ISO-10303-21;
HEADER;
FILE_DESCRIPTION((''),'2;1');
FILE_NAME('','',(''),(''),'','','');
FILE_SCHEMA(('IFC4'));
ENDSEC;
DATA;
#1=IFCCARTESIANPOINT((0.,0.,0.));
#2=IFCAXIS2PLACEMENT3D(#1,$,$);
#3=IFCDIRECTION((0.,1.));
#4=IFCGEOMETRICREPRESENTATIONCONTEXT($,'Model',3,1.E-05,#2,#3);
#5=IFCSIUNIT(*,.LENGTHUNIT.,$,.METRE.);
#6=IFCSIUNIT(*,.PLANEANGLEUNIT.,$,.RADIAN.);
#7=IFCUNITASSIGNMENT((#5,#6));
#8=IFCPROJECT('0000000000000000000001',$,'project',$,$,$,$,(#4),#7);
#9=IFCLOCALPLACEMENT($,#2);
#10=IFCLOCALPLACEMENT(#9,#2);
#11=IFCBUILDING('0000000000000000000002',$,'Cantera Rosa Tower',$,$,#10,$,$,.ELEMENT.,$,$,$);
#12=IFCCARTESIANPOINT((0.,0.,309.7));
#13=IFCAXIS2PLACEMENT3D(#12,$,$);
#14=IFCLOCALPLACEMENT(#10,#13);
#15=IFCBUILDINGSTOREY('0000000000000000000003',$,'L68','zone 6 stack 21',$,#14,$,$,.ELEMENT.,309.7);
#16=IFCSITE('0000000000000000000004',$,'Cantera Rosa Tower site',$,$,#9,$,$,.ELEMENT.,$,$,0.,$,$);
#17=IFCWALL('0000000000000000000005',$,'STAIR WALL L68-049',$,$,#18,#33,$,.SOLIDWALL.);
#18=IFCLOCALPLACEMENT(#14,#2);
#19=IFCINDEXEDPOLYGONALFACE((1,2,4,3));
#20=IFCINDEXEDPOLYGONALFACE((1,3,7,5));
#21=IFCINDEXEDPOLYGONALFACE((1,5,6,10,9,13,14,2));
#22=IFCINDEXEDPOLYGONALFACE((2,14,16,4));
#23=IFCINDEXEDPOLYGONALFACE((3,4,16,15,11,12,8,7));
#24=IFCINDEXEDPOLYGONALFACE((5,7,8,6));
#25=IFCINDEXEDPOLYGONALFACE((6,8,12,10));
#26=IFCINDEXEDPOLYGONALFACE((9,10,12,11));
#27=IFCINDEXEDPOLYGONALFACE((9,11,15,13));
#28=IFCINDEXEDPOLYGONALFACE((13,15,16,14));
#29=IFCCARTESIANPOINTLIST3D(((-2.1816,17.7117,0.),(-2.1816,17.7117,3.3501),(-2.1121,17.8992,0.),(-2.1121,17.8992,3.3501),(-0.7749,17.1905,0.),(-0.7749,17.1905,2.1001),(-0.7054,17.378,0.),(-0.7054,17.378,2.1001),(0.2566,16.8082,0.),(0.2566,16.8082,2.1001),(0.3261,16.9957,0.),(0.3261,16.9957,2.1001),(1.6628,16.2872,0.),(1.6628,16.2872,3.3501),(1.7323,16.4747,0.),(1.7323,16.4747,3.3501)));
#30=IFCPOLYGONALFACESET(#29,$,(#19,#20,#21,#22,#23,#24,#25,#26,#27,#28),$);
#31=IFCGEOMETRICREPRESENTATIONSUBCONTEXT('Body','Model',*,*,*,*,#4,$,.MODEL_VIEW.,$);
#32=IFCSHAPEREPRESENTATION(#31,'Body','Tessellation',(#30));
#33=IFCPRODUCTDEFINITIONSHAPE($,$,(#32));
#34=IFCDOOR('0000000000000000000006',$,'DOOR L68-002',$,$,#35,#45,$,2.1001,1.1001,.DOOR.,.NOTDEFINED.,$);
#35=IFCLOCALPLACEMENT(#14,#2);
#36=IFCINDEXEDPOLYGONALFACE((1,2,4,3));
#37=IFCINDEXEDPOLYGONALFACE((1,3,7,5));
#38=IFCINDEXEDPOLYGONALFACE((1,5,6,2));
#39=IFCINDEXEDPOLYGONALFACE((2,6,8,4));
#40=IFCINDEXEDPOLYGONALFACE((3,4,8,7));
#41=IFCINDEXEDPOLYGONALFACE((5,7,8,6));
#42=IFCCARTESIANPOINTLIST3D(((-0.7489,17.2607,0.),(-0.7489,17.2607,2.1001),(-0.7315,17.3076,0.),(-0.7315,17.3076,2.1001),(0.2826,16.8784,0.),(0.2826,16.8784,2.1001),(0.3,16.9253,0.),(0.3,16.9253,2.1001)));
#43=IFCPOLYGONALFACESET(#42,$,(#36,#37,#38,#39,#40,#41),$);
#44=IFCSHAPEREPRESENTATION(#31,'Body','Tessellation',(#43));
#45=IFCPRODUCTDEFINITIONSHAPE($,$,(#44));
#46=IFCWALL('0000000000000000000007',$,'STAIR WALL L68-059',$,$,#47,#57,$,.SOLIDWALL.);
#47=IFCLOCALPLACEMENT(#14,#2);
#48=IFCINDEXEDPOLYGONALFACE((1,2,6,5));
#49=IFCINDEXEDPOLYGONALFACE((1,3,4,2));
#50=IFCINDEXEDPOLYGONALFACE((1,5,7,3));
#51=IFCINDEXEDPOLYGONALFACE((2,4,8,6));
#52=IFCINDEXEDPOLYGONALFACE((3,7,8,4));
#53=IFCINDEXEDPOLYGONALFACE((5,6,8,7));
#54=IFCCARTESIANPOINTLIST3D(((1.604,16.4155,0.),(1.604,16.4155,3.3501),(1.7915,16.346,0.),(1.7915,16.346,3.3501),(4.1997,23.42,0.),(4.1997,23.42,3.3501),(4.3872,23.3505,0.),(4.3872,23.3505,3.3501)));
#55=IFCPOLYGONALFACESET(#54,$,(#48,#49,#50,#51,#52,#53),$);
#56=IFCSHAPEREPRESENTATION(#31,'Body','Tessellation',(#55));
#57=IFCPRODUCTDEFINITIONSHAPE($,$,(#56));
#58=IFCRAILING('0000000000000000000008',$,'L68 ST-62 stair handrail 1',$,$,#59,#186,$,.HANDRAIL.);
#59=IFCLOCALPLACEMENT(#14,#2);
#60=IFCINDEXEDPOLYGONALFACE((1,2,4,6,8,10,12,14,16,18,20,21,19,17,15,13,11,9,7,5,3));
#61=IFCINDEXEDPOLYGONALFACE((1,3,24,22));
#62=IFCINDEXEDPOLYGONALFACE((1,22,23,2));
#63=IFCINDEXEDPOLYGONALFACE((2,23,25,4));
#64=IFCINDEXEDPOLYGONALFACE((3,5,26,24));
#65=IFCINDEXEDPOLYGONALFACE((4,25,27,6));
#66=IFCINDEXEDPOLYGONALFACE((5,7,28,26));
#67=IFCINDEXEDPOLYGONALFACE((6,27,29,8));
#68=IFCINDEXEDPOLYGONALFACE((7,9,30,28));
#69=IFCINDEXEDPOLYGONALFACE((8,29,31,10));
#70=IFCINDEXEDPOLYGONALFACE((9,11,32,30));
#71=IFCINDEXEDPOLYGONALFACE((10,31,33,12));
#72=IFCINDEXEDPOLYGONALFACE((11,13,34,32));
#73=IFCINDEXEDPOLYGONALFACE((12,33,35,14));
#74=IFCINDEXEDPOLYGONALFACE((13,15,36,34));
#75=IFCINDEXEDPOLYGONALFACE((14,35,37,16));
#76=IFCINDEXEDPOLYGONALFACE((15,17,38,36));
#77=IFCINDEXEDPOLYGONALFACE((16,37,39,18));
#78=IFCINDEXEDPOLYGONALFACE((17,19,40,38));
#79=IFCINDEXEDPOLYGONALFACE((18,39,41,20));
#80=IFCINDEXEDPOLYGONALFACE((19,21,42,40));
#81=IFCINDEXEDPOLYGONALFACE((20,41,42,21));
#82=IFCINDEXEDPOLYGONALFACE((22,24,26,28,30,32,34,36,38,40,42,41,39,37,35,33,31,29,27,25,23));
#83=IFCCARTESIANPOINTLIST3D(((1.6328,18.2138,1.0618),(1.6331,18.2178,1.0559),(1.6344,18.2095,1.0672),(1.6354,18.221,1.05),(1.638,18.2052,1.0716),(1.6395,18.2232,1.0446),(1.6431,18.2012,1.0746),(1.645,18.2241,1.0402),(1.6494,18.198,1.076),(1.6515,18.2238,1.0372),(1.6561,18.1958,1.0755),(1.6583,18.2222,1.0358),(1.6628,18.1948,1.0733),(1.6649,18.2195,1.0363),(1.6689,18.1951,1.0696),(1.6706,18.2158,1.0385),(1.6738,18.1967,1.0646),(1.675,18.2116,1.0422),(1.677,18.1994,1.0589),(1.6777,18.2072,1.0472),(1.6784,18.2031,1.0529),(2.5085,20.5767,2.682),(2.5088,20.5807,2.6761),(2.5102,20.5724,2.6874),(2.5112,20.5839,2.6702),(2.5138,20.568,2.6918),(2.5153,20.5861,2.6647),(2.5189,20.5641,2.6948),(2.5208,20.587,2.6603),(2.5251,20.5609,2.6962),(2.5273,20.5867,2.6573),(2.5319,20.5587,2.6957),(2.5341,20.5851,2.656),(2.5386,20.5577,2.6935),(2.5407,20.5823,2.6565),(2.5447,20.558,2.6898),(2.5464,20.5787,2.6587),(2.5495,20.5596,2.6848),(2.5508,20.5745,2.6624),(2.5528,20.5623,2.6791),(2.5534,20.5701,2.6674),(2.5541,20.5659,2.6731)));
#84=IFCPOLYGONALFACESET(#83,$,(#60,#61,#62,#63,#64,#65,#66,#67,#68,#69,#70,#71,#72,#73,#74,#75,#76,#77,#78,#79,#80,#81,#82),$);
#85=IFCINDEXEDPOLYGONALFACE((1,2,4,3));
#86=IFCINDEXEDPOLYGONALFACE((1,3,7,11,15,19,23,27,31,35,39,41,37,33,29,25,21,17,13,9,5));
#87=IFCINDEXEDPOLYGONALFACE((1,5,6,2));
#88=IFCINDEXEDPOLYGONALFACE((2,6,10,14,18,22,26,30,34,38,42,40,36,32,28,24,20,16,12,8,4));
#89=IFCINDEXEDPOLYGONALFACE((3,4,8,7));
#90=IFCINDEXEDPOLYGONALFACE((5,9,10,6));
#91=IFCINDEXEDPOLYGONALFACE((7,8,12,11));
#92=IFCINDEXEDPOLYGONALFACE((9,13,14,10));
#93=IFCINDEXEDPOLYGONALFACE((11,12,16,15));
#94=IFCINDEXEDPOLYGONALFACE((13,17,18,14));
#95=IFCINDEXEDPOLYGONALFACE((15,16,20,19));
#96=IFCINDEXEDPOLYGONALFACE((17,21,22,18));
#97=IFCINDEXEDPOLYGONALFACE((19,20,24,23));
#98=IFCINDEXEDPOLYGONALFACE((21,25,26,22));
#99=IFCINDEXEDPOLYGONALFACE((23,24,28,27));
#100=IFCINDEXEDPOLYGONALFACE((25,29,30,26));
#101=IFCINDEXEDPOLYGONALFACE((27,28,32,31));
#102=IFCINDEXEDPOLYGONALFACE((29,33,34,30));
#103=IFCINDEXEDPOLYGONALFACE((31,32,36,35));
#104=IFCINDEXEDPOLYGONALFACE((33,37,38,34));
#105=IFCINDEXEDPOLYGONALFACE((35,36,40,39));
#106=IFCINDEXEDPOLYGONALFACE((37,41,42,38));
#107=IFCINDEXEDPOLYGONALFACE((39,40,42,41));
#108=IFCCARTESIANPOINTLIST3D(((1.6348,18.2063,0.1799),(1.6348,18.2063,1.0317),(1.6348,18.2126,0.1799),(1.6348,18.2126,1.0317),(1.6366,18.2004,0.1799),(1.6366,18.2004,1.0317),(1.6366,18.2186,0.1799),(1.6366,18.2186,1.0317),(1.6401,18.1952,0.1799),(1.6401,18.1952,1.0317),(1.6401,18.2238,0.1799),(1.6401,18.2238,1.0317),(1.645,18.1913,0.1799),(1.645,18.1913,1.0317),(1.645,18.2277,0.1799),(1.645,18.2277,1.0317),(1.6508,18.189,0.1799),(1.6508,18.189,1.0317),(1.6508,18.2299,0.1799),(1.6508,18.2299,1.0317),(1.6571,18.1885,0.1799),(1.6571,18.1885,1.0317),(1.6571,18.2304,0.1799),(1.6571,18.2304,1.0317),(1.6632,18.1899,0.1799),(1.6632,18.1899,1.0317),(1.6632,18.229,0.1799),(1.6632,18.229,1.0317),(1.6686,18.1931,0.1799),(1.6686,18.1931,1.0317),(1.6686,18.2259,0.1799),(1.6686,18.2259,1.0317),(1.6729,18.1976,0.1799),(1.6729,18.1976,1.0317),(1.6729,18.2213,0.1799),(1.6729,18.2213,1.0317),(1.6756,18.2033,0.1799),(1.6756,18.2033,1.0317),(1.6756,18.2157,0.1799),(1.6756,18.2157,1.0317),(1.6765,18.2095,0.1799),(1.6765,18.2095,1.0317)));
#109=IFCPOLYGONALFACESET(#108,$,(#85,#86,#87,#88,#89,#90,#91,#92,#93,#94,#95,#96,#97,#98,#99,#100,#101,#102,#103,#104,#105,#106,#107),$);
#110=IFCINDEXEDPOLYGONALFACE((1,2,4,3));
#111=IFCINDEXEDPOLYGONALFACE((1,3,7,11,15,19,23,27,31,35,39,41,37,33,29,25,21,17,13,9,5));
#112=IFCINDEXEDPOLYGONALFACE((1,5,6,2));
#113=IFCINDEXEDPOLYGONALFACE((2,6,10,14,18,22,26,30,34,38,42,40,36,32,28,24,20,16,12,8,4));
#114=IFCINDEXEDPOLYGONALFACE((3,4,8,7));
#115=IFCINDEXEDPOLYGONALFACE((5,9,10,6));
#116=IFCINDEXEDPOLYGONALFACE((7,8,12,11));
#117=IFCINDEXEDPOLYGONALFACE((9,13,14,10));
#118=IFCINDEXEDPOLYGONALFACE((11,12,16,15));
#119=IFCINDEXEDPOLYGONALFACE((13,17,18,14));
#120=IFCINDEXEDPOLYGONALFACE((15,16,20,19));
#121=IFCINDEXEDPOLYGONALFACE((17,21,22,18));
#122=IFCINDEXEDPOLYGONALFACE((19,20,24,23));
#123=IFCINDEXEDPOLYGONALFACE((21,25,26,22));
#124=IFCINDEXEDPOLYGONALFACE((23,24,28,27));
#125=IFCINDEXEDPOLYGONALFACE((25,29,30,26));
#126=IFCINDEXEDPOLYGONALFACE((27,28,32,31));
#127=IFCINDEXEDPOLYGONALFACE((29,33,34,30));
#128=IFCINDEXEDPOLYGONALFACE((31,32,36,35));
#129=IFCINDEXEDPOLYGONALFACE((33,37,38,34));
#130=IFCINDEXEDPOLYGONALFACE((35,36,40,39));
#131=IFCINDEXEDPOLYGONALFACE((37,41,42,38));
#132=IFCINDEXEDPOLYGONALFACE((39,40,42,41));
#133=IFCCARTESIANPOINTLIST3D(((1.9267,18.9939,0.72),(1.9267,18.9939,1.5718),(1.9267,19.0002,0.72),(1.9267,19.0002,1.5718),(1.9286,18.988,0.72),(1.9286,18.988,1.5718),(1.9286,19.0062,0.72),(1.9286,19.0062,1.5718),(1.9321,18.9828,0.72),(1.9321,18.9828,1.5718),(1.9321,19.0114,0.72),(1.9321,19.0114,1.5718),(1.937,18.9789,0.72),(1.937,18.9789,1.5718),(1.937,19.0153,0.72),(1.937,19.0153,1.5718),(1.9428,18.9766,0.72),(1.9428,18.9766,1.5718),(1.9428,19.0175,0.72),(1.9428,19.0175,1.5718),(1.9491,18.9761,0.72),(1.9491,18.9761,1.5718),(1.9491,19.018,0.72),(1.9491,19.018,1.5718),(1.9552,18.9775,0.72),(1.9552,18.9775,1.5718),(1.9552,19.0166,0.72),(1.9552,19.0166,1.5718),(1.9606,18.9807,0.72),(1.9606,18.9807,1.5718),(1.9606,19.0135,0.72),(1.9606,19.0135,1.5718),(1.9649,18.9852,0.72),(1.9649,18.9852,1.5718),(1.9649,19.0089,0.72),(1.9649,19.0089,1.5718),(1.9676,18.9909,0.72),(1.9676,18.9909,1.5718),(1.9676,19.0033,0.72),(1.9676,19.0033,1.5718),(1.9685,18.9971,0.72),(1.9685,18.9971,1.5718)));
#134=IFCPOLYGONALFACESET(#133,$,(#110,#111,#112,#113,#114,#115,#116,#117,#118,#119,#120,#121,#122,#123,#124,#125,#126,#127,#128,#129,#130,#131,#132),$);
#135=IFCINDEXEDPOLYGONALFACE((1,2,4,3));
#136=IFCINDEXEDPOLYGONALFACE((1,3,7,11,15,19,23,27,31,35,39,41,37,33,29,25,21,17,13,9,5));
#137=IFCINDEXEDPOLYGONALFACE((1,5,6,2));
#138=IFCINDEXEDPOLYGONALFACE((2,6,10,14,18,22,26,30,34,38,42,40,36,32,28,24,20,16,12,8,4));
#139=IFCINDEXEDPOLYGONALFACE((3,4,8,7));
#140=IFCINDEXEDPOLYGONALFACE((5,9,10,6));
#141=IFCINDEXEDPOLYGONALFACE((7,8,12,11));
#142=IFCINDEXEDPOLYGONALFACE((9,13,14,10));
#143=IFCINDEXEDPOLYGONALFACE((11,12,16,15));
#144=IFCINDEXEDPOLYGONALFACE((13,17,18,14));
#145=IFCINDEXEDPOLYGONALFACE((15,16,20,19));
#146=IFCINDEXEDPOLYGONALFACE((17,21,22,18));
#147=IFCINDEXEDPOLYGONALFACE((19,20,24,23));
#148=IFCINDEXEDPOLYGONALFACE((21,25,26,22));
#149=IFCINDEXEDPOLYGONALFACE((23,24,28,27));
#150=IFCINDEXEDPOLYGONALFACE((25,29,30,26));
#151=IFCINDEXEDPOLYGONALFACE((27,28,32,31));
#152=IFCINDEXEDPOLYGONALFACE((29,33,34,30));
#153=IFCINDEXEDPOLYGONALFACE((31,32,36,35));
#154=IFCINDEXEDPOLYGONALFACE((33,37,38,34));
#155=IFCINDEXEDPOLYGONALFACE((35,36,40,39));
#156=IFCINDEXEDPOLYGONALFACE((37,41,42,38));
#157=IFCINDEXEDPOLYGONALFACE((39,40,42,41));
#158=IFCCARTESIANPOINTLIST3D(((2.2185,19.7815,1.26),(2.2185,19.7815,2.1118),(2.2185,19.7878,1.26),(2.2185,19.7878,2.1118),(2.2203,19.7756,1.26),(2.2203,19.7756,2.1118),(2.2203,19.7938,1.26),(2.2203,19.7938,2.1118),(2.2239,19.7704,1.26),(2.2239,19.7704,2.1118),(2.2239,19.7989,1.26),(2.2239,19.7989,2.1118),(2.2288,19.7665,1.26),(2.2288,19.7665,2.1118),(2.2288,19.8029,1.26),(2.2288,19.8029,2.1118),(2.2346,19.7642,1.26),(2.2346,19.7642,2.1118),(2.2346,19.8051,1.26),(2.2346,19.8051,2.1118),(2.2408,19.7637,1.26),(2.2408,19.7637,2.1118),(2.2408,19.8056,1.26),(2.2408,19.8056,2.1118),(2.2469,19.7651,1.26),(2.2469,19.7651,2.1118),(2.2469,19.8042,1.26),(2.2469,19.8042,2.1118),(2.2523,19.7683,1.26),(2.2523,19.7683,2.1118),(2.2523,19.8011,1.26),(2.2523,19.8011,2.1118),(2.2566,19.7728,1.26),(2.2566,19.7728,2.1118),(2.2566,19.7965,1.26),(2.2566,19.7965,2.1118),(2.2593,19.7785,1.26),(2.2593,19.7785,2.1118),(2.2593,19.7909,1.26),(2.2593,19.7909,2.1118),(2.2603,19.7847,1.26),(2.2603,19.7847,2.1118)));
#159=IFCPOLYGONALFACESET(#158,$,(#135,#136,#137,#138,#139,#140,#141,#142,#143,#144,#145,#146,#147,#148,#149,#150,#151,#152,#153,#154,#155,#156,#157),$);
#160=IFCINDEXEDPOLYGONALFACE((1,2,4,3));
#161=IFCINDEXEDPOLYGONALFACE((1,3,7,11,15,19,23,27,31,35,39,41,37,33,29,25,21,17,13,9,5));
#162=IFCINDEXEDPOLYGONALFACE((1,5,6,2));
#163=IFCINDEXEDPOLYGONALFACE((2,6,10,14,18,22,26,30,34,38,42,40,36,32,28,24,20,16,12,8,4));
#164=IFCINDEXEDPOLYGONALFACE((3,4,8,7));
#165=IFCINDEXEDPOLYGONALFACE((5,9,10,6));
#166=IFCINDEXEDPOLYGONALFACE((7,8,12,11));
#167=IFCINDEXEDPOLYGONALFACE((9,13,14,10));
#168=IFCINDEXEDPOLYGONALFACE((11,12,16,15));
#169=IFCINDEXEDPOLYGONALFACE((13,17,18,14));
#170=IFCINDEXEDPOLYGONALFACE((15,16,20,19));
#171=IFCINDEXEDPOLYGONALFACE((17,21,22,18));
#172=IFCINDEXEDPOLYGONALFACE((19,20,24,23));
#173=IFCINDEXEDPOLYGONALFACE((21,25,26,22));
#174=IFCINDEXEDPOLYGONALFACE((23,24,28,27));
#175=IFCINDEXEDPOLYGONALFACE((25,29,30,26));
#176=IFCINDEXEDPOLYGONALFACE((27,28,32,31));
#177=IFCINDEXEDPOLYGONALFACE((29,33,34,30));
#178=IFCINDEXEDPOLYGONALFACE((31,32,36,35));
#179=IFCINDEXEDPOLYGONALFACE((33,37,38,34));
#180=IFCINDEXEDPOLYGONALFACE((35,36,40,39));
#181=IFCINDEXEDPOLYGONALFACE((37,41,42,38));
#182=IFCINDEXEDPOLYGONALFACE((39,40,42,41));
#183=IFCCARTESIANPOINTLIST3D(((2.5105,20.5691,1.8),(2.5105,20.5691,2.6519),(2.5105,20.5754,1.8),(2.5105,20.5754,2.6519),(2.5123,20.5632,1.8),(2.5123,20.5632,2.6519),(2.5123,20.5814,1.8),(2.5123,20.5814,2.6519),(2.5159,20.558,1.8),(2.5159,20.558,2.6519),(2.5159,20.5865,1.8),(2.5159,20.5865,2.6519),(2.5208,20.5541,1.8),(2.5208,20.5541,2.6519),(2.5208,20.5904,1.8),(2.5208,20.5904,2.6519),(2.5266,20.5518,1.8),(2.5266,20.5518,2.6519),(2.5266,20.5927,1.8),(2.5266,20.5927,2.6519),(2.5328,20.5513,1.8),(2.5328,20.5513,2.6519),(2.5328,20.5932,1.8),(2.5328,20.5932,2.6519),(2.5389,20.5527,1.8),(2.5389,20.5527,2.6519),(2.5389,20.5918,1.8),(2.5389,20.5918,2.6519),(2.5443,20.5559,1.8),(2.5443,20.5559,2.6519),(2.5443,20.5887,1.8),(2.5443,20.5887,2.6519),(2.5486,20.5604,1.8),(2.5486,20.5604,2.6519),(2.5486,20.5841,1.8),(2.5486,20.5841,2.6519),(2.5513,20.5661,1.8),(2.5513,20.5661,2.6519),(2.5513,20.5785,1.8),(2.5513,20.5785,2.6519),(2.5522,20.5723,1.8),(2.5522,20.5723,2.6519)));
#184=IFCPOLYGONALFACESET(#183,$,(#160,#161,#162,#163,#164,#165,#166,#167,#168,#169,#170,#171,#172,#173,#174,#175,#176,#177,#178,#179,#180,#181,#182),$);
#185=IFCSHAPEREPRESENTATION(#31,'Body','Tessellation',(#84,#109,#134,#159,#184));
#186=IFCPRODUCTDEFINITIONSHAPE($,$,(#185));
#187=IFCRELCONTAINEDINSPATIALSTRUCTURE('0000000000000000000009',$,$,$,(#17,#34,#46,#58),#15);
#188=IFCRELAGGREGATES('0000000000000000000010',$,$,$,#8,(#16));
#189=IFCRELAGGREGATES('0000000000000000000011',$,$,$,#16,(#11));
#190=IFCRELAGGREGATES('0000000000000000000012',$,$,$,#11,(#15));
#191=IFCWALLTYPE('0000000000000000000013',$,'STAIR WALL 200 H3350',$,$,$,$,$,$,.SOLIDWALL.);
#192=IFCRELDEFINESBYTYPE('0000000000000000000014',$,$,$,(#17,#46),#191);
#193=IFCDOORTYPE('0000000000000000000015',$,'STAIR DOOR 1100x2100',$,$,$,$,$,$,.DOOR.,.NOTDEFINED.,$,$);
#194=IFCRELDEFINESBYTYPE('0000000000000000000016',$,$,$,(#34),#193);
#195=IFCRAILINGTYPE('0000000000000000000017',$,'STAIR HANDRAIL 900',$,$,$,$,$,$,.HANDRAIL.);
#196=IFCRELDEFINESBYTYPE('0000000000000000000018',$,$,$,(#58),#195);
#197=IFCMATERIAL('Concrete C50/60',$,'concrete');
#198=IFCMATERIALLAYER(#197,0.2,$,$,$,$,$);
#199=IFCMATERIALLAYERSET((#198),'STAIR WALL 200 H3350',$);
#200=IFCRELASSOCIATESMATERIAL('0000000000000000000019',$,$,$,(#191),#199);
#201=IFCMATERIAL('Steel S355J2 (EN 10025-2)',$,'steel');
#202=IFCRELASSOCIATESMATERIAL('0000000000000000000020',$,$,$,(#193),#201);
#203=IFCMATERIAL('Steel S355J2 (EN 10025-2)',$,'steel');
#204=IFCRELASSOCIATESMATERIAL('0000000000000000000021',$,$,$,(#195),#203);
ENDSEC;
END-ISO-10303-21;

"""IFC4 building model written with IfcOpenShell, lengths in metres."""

from ifc_helpers import new_model, si_unit, direction, frame, frame_2d, origin, origin_2d, place, context, subcontext, project, spatial, rectangle, circle, extrude, material, layer, layer_set, type_object, element, fill, save


model = new_model("IFC4")

# Units and contexts
model_context = context("Model", 3, precision=1e-05, world=origin(), true_north=direction((0.0, 1.0)))
body_context = subcontext(model_context, "Body", "Model", "MODEL_VIEW")
ifc_project = project(units=[si_unit("LENGTHUNIT", "METRE"), si_unit("PLANEANGLEUNIT", "RADIAN")], contexts=[model_context])

# Site, building, storey
site_placement = place(None, origin())
site = spatial("IfcSite", under=ifc_project, at=site_placement, Name="Cantera Rosa Tower site", CompositionType="ELEMENT", RefElevation=0.0)
building_placement = place(site_placement, origin())
building = spatial("IfcBuilding", under=site, at=building_placement, Name="Cantera Rosa Tower", CompositionType="ELEMENT")
storey_placement = place(building_placement, frame((0.0, 0.0, 309.7)))
storey = spatial("IfcBuildingStorey", under=building, at=storey_placement, Name="L68", Description="zone 6 stack 21", CompositionType="ELEMENT", Elevation=309.7)

# Wall, opening, door
ifc_material_1 = material(Name="Concrete C50/60", Category="concrete")
ifc_layer_1 = layer(ifc_material_1, 0.2)
ifc_layer_set_1 = layer_set([ifc_layer_1], Name="STAIR WALL 200 H3350")
wall_type_1 = type_object("IfcWallType", Name="STAIR WALL 200 H3350", PredefinedType="SOLIDWALL", material=ifc_layer_set_1)
wall_1_placement = place(storey_placement, frame((-2.1467, 17.8054, 0.0), z_axis=(0.0, 0.0, 1.0), x_axis=(0.937695, -0.34746, 0.0)))
wall_1 = element("IfcWall", 1, at=wall_1_placement, inside=storey, type_object=wall_type_1, Name="STAIR WALL L68-049", PredefinedType="SOLIDWALL", context=body_context, shape_type="SweptSolid", body=[
    extrude(rectangle(XDim=4.0999, YDim=0.2, at=frame_2d((2.0498, 0.0))), origin(), (0.0, 0.0, 1.0), 3.3501),
])
opening_1_placement = place(wall_1_placement, frame((1.5, 0.0, 0.0)))
opening_1 = element("IfcOpeningElement", 2, at=opening_1_placement, cuts=wall_1, PredefinedType="OPENING", context=body_context, shape_type="SweptSolid", body=[
    extrude(rectangle(XDim=1.1001, YDim=2.1001, at=frame_2d((0.55, 1.05))), frame((0.0, 0.1099, 0.0), z_axis=(0.0, -1.0, 0.0), x_axis=(1.0, 0.0, 0.0)), (0.0, 0.0, 1.0), 0.22),
])
ifc_material_2 = material(Name="Steel S355J2 (EN 10025-2)", Category="steel")
door_type_1 = type_object("IfcDoorType", Name="STAIR DOOR 1100x2100", OperationType="NOTDEFINED", PredefinedType="DOOR", material=ifc_material_2)
door_1_placement = place(opening_1_placement, origin())
door_1 = element("IfcDoor", 3, at=door_1_placement, inside=storey, type_object=door_type_1, Name="DOOR L68-002", OperationType="NOTDEFINED", OverallHeight=2.1001, OverallWidth=1.1001, PredefinedType="DOOR", context=body_context, shape_type="SweptSolid", body=[
    extrude(rectangle(XDim=1.1001, YDim=2.1001, at=frame_2d((0.55, 1.05))), frame((0.0, 0.0249, 0.0), z_axis=(0.0, -1.0, 0.0), x_axis=(1.0, 0.0, 0.0)), (0.0, 0.0, 1.0), 0.05),
])
fill(opening_1, door_1)

# Wall
wall_2_placement = place(storey_placement, frame((1.6978, 16.3809, 0.0), z_axis=(0.0, 0.0, 1.0), x_axis=(0.347489, 0.937684, 0.0)))
element("IfcWall", 4, at=wall_2_placement, inside=storey, type_object=wall_type_1, Name="STAIR WALL L68-059", PredefinedType="SOLIDWALL", context=body_context, shape_type="SweptSolid", body=[
    extrude(rectangle(XDim=7.47, YDim=0.2, at=frame_2d((3.7349, 0.0))), origin(), (0.0, 0.0, 1.0), 3.3501),
])

# Railing
ifc_material_3 = material(Name="Steel S355J2 (EN 10025-2)", Category="steel")
railing_type_1 = type_object("IfcRailingType", Name="STAIR HANDRAIL 900", PredefinedType="HANDRAIL", material=ifc_material_3)
railing_1_placement = place(storey_placement, frame((1.6555, 18.2095, 0.1799)))
element("IfcRailing", 5, at=railing_1_placement, inside=storey, type_object=railing_type_1, Name="L68 ST-62 stair handrail 1", PredefinedType="HANDRAIL", context=body_context, shape_type="SweptSolid", body=[
    extrude(circle(Radius=0.0239, at=origin_2d()), frame((0.0, 0.0, 0.876), z_axis=(0.292326, 0.788717, 0.540806), x_axis=(-0.937668, 0.347532, 0.0)), (0.0, 0.0, 1.0), 2.9958),
    extrude(circle(Radius=0.021, at=origin_2d()), origin(), (0.0, 0.0, 1.0), 0.8518),
    extrude(circle(Radius=0.021, at=origin_2d()), frame((0.292, 0.7876, 0.54)), (0.0, 0.0, 1.0), 0.8518),
    extrude(circle(Radius=0.021, at=origin_2d()), frame((0.5837, 1.5752, 1.0801)), (0.0, 0.0, 1.0), 0.8518),
    extrude(circle(Radius=0.021, at=origin_2d()), frame((0.8757, 2.3628, 1.6201)), (0.0, 0.0, 1.0), 0.8518),
])

save(model, "model.ifc")
